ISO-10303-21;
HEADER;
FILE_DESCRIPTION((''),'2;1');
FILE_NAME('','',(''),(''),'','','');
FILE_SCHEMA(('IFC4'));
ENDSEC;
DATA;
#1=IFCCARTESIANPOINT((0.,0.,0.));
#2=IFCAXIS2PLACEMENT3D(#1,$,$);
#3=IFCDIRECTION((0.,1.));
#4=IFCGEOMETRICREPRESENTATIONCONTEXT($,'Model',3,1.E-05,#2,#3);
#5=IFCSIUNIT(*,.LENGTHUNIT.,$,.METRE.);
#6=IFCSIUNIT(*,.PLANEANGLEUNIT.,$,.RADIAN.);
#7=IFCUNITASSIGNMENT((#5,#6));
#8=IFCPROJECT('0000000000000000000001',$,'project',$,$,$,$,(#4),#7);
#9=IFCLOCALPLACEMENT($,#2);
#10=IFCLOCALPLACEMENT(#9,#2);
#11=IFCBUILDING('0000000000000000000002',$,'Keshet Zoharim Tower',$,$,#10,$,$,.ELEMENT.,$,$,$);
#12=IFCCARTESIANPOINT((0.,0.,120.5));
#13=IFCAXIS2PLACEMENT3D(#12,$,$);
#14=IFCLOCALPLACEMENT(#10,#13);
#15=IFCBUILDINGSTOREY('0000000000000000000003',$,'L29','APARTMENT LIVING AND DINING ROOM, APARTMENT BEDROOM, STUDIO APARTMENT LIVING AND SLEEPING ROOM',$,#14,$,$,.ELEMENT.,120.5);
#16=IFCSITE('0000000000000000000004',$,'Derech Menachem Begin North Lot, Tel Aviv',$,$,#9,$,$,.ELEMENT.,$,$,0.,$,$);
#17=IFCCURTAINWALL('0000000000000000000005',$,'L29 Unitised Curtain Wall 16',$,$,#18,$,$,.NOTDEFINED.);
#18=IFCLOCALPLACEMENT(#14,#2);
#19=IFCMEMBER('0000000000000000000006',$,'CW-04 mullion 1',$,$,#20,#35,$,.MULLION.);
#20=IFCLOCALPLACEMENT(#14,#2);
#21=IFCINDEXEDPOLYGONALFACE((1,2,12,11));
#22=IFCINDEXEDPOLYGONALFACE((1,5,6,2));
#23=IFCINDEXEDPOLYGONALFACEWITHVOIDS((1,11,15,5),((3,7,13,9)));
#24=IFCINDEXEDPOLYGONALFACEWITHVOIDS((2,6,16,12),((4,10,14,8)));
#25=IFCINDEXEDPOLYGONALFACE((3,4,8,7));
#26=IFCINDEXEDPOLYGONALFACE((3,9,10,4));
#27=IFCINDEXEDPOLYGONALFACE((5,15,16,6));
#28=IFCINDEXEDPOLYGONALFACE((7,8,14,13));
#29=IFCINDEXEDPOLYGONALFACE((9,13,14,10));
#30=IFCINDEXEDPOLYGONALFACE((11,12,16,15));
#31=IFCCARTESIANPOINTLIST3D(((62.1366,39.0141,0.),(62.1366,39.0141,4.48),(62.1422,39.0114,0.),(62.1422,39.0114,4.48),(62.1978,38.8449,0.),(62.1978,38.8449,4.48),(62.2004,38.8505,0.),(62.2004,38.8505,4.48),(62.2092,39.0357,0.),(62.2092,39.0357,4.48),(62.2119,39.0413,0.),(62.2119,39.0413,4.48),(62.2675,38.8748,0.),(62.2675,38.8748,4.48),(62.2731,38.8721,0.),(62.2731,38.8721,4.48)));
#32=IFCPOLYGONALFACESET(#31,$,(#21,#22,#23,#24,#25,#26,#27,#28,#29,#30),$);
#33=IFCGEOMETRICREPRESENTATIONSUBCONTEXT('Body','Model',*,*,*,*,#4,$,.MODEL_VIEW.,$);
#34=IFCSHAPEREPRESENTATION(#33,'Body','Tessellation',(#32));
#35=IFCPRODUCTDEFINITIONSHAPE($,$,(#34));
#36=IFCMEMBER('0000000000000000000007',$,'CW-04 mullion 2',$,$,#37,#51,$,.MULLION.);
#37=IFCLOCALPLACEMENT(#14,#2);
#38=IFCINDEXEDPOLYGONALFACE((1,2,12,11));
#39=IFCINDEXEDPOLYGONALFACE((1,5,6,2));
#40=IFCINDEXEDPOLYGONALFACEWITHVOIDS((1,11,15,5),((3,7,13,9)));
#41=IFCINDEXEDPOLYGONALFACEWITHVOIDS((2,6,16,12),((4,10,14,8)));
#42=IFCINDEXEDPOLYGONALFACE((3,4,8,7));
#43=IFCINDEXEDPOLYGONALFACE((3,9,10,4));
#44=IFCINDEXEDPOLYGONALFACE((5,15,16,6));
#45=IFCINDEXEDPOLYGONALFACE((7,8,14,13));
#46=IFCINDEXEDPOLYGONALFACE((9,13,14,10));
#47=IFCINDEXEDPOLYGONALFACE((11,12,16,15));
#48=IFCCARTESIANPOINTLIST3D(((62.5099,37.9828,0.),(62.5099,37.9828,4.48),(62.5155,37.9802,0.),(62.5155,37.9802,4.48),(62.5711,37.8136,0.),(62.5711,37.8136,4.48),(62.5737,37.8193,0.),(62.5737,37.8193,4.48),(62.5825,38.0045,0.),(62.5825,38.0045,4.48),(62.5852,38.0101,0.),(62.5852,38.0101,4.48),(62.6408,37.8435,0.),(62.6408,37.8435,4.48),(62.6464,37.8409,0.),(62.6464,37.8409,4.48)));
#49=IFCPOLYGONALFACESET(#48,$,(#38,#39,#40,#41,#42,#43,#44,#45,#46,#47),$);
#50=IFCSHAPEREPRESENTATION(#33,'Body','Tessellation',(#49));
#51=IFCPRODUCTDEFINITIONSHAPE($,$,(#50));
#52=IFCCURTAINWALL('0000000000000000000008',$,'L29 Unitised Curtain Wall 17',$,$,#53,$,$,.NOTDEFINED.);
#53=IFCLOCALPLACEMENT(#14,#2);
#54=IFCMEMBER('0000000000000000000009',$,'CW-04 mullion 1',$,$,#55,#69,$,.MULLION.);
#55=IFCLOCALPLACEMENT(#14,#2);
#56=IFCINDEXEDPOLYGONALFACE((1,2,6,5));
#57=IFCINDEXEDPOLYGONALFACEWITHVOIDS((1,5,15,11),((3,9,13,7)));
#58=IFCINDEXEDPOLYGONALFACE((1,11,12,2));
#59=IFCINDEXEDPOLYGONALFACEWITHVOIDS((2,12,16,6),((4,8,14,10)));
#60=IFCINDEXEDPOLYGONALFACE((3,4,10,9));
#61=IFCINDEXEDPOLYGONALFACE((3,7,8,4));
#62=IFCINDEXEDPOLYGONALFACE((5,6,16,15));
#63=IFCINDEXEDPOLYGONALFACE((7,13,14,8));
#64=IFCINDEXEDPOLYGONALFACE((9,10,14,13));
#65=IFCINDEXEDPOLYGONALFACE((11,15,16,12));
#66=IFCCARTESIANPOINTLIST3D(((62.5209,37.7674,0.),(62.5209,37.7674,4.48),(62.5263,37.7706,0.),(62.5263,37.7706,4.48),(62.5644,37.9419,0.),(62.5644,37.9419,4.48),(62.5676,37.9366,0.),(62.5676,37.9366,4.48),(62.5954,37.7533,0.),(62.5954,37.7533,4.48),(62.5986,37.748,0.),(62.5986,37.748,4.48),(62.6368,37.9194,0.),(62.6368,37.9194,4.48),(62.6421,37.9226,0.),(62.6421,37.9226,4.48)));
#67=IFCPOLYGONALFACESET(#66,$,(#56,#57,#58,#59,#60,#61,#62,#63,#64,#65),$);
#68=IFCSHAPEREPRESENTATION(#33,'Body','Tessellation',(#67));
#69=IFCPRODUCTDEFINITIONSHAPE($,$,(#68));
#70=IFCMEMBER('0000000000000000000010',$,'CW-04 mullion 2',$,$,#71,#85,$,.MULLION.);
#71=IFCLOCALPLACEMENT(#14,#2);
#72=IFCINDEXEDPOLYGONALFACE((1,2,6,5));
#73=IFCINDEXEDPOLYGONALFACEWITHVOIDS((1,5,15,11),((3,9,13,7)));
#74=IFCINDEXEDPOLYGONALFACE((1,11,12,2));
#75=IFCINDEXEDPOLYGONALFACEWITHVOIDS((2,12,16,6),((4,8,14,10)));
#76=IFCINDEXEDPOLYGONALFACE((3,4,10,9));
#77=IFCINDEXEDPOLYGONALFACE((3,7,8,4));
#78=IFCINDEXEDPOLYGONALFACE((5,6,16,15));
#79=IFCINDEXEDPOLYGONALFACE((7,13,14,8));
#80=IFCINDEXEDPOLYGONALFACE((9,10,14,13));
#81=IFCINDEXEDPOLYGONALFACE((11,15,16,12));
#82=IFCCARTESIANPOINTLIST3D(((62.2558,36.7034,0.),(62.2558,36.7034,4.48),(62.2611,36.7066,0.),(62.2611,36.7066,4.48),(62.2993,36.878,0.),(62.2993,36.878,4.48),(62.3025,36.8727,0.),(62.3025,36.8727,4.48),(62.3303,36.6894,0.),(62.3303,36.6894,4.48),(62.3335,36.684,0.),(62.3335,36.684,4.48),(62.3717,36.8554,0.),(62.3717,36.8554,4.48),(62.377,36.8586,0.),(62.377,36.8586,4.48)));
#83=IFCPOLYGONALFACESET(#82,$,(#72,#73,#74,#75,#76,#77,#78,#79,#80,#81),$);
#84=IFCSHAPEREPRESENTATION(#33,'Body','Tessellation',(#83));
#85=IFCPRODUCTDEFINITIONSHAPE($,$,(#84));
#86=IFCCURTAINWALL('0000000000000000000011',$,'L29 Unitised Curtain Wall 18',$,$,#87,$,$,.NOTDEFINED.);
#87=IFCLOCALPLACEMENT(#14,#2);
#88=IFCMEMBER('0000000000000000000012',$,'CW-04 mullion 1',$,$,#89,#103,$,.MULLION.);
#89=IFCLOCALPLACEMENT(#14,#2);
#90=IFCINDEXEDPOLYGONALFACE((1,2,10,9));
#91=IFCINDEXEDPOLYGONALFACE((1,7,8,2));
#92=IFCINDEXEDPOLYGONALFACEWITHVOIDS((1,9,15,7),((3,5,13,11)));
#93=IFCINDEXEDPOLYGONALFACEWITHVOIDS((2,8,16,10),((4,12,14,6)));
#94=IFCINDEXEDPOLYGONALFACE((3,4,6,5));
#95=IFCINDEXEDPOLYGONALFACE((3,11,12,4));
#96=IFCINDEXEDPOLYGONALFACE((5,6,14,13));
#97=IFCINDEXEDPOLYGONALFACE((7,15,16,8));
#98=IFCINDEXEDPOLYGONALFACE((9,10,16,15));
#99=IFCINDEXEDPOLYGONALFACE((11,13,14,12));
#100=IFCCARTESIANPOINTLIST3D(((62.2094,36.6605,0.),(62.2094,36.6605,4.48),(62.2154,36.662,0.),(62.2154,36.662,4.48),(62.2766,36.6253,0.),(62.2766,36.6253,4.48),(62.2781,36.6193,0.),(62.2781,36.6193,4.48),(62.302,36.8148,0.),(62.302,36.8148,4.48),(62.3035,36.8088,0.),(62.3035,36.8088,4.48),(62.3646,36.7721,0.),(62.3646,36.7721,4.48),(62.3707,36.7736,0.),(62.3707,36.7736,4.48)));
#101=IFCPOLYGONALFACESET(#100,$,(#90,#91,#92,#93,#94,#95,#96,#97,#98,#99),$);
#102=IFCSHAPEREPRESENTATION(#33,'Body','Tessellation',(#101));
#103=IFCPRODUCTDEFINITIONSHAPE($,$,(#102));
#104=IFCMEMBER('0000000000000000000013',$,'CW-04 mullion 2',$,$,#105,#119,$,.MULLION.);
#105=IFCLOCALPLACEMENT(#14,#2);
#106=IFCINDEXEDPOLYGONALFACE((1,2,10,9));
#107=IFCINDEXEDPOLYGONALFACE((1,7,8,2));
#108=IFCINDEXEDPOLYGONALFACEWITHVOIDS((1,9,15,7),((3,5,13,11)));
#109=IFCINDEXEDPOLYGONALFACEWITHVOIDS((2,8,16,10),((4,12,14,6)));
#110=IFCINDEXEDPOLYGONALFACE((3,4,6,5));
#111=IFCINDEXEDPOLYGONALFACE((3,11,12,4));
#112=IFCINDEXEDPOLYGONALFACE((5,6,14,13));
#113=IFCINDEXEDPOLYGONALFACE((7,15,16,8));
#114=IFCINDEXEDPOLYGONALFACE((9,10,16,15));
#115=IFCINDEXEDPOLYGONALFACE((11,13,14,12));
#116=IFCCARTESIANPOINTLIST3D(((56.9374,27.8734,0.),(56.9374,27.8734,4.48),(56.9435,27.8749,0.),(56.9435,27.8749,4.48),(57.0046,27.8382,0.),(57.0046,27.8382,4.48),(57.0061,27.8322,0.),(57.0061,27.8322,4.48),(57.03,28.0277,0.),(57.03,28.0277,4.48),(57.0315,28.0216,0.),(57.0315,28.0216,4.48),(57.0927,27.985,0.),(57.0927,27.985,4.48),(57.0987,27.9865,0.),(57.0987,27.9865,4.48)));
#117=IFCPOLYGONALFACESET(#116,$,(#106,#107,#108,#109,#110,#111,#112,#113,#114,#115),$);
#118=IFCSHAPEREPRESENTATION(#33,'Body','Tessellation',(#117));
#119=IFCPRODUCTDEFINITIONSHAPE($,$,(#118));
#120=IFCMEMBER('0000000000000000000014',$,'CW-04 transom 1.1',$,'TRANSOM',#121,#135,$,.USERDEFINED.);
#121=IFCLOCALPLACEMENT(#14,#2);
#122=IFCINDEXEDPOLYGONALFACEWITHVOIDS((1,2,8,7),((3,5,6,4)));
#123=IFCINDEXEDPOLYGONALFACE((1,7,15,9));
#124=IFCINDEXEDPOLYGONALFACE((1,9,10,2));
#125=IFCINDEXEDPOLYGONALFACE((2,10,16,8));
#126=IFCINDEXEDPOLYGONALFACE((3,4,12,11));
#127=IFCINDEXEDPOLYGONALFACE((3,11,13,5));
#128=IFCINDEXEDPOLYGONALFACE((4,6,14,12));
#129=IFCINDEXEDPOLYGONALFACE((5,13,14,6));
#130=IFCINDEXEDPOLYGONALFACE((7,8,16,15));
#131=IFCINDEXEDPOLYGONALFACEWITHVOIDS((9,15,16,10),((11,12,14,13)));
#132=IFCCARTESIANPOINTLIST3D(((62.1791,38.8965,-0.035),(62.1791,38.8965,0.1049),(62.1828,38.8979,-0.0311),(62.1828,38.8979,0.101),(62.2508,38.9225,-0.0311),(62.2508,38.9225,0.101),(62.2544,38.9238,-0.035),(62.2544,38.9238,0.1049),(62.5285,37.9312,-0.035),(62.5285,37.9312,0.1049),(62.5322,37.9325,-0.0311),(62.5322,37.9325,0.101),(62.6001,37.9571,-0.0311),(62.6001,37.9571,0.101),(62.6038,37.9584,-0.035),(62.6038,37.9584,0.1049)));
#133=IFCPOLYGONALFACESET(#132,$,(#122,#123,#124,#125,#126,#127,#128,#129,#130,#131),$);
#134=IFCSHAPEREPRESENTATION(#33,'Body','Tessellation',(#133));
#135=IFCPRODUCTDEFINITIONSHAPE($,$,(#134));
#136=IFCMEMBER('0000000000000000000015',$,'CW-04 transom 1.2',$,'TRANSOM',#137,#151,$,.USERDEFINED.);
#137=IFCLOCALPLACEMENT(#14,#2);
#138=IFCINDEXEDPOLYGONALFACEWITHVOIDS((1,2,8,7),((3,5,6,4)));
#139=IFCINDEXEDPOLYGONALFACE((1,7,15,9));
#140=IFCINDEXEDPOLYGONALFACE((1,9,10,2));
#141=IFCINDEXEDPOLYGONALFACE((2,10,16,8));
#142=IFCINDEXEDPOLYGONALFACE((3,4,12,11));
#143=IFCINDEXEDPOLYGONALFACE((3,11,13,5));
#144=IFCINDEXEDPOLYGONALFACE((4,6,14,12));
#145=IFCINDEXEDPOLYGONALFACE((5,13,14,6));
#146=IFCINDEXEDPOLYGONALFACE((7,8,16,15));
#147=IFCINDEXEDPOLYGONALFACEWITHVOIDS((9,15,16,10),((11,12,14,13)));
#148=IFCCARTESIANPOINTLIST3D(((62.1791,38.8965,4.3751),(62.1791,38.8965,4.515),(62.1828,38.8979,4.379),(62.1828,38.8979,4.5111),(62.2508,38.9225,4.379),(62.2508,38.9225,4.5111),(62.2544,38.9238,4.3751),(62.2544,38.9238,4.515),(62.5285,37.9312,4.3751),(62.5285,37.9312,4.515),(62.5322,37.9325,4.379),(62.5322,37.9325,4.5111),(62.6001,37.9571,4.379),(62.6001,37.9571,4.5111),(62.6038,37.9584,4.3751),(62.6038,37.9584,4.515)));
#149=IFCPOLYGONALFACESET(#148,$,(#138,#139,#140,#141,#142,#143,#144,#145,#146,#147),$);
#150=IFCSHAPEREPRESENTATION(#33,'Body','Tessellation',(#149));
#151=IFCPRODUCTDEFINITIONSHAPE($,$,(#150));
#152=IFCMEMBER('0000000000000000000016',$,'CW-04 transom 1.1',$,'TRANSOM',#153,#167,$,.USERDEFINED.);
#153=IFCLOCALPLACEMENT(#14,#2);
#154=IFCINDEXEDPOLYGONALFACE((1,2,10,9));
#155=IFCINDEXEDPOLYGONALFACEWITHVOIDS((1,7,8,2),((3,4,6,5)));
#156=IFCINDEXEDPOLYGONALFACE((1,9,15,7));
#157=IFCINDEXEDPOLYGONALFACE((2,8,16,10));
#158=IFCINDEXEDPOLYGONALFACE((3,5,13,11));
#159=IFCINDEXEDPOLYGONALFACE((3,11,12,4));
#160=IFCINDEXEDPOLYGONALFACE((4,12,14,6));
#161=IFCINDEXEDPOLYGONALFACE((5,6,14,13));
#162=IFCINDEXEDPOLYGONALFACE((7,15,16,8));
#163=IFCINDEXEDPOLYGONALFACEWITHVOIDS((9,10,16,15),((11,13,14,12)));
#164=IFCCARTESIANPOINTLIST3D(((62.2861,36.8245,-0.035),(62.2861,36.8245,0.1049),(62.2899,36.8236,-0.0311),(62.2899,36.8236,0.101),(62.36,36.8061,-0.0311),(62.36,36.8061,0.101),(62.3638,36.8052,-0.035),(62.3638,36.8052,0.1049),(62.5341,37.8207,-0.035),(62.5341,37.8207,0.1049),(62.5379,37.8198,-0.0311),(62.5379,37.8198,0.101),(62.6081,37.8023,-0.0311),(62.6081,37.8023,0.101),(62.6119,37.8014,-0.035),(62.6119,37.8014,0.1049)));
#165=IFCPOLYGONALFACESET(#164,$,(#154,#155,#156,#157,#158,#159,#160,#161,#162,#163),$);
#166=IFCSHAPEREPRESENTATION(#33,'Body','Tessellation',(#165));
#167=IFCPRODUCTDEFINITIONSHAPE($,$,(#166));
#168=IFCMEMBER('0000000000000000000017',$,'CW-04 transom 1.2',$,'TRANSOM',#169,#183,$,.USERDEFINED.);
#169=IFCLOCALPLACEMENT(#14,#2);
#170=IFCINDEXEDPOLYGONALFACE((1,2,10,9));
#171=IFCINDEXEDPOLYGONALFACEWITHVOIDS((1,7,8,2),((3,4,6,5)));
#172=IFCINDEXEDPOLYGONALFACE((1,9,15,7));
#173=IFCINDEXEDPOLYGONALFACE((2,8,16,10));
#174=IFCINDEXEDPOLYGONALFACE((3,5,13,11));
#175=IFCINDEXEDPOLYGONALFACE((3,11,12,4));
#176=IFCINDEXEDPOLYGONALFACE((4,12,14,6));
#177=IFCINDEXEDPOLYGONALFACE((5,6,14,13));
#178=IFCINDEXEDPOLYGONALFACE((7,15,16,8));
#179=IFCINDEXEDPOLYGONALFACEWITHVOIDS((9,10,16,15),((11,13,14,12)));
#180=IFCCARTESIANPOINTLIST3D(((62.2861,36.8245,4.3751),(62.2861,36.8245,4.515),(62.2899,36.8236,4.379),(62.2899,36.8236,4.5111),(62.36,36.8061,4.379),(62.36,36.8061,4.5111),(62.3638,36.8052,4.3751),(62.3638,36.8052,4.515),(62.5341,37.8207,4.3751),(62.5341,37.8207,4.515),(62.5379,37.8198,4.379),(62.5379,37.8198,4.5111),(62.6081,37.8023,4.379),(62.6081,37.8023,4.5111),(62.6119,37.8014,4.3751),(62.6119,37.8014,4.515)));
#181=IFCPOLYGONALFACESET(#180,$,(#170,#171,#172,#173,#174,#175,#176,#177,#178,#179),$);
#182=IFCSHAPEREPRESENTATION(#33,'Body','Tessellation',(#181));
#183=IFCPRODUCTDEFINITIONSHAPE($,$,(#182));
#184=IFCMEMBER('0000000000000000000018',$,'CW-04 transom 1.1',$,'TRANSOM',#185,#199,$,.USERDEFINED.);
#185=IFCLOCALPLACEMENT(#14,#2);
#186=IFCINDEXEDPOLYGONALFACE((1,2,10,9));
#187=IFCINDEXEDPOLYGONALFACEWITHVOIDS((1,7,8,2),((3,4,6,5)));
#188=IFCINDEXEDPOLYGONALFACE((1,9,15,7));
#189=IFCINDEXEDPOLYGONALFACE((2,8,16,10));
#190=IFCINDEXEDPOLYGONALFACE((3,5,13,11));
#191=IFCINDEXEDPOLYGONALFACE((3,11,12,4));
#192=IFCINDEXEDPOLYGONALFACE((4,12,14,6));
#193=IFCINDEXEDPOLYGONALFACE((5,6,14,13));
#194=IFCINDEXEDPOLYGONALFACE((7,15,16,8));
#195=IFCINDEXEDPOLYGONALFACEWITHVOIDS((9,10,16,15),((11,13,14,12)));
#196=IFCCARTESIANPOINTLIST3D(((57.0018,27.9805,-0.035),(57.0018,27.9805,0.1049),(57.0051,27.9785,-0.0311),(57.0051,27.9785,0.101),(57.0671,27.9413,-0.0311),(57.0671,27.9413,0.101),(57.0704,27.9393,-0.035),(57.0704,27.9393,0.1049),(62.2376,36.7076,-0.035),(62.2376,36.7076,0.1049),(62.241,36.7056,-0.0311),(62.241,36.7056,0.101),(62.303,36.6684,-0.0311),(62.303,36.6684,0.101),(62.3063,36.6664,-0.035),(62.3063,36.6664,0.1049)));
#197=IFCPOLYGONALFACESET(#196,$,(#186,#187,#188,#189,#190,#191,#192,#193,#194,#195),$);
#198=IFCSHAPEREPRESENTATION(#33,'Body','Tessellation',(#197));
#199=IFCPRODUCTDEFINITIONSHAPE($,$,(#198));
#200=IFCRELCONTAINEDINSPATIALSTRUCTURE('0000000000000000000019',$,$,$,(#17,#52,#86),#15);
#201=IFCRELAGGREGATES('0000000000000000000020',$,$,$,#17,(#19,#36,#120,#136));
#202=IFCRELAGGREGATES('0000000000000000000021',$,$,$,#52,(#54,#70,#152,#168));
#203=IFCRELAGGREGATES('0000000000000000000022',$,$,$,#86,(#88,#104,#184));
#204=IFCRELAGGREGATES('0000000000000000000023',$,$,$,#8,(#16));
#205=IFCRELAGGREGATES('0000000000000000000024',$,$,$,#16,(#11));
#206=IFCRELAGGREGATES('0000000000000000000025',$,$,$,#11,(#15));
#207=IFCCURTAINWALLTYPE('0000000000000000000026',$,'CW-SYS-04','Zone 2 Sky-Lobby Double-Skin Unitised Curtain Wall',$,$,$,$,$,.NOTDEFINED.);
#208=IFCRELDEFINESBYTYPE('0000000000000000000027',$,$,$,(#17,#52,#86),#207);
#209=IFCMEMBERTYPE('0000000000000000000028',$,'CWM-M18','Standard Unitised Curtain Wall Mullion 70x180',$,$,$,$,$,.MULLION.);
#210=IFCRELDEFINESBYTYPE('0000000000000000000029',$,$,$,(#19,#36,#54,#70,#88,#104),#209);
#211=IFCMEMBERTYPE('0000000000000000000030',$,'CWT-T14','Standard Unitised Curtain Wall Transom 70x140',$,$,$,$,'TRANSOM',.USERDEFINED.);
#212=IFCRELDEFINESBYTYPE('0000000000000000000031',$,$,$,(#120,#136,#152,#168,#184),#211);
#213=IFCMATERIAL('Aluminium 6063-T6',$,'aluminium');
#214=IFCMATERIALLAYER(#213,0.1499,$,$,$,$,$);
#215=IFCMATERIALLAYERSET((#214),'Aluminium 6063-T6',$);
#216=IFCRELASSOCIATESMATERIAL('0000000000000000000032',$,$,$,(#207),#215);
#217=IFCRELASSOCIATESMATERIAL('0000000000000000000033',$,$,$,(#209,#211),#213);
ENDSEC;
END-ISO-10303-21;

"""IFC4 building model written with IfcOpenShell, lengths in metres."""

from ifc_helpers import new_model, si_unit, direction, frame, origin, origin_2d, place, context, subcontext, project, spatial, hollow_rectangle, extrude, material, layer, layer_set, material_profile, profile_set, type_object, element, aggregate, save


model = new_model("IFC4")

# Units and contexts
model_context = context("Model", 3, precision=1e-05, world=origin(), true_north=direction((0.0, 1.0)))
body_context = subcontext(model_context, "Body", "Model", "MODEL_VIEW")
ifc_project = project(units=[si_unit("LENGTHUNIT", "METRE"), si_unit("PLANEANGLEUNIT", "RADIAN")], contexts=[model_context])

# Site, building, storey
site_placement = place(None, origin())
site = spatial("IfcSite", under=ifc_project, at=site_placement, Name="Derech Menachem Begin North Lot, Tel Aviv", CompositionType="ELEMENT", RefElevation=0.0)
building_placement = place(site_placement, origin())
building = spatial("IfcBuilding", under=site, at=building_placement, Name="Keshet Zoharim Tower", CompositionType="ELEMENT")
storey_placement = place(building_placement, frame((0.0, 0.0, 120.5)))
storey = spatial("IfcBuildingStorey", under=building, at=storey_placement, Name="L29", Description="APARTMENT LIVING AND DINING ROOM, APARTMENT BEDROOM, STUDIO APARTMENT LIVING AND SLEEPING ROOM", CompositionType="ELEMENT", Elevation=120.5)

# Shared definitions
ifc_material_1 = material(Name="Aluminium 6063-T6", Category="aluminium")
ifc_layer_1 = layer(ifc_material_1, 0.1499)
ifc_layer_set_1 = layer_set([ifc_layer_1], Name="Aluminium 6063-T6")
curtain_wall_type = type_object("IfcCurtainWallType", Name="CW-SYS-04", Description="Zone 2 Sky-Lobby Double-Skin Unitised Curtain Wall", PredefinedType="NOTDEFINED", material=ifc_layer_set_1)
ifc_material_profile_1 = material_profile(ifc_material_1, hollow_rectangle(XDim=0.0801, YDim=0.1799, WallThickness=0.0044, at=origin_2d()), Name="MUL-80x180")
ifc_profile_set_1 = profile_set([ifc_material_profile_1], Name="Aluminium 6063-T6")
member_type_1 = type_object("IfcMemberType", Name="CWM-M18", Description="Standard Unitised Curtain Wall Mullion 70x180", PredefinedType="MULLION", material=ifc_profile_set_1)

# Curtain walls, members
curtain_wall_1_placement = place(storey_placement, origin())
curtain_wall_1 = element("IfcCurtainWall", 1, at=curtain_wall_1_placement, inside=storey, type_object=curtain_wall_type, Name="L29 Unitised Curtain Wall 16", PredefinedType="NOTDEFINED")
member_1_placement = place(storey_placement, frame((62.2048, 38.9431, 0.0), z_axis=(0.0, 0.0, 1.0), x_axis=(0.940318, 0.340297, 0.0)))
member_1 = element("IfcMember", 2, at=member_1_placement, type_object=member_type_1, Name="CW-04 mullion 1", PredefinedType="MULLION", context=body_context, shape_type="SweptSolid", body=[
    extrude(hollow_rectangle(XDim=0.0801, YDim=0.1799, WallThickness=0.0044, at=origin_2d()), origin(), (0.0, 0.0, 1.0), 4.48),
])
member_2_placement = place(storey_placement, frame((62.5781, 37.9119, 0.0), z_axis=(0.0, 0.0, 1.0), x_axis=(0.940318, 0.340297, 0.0)))
member_2 = element("IfcMember", 3, at=member_2_placement, type_object=member_type_1, Name="CW-04 mullion 2", PredefinedType="MULLION", context=body_context, shape_type="SweptSolid", body=[
    extrude(hollow_rectangle(XDim=0.0801, YDim=0.1799, WallThickness=0.0044, at=origin_2d()), origin(), (0.0, 0.0, 1.0), 4.48),
])
curtain_wall_2_placement = place(storey_placement, origin())
curtain_wall_2 = element("IfcCurtainWall", 4, at=curtain_wall_2_placement, inside=storey, type_object=curtain_wall_type, Name="L29 Unitised Curtain Wall 17", PredefinedType="NOTDEFINED")
member_3_placement = place(storey_placement, frame((62.5815, 37.845, 0.0), z_axis=(0.0, 0.0, 1.0), x_axis=(0.970344, -0.241729, 0.0)))
member_3 = element("IfcMember", 5, at=member_3_placement, type_object=member_type_1, Name="CW-04 mullion 1", PredefinedType="MULLION", context=body_context, shape_type="SweptSolid", body=[
    extrude(hollow_rectangle(XDim=0.0801, YDim=0.1799, WallThickness=0.0044, at=origin_2d()), origin(), (0.0, 0.0, 1.0), 4.48),
])
member_4_placement = place(storey_placement, frame((62.3164, 36.781, 0.0), z_axis=(0.0, 0.0, 1.0), x_axis=(0.970344, -0.241729, 0.0)))
member_4 = element("IfcMember", 6, at=member_4_placement, type_object=member_type_1, Name="CW-04 mullion 2", PredefinedType="MULLION", context=body_context, shape_type="SweptSolid", body=[
    extrude(hollow_rectangle(XDim=0.0801, YDim=0.1799, WallThickness=0.0044, at=origin_2d()), origin(), (0.0, 0.0, 1.0), 4.48),
])
curtain_wall_3_placement = place(storey_placement, origin())
curtain_wall_3 = element("IfcCurtainWall", 7, at=curtain_wall_3_placement, inside=storey, type_object=curtain_wall_type, Name="L29 Unitised Curtain Wall 18", PredefinedType="NOTDEFINED")
member_5_placement = place(storey_placement, frame((62.29, 36.717, 0.0), z_axis=(0.0, 0.0, 1.0), x_axis=(0.857501, -0.514482, 0.0)))
member_5 = element("IfcMember", 8, at=member_5_placement, type_object=member_type_1, Name="CW-04 mullion 1", PredefinedType="MULLION", context=body_context, shape_type="SweptSolid", body=[
    extrude(hollow_rectangle(XDim=0.0801, YDim=0.1799, WallThickness=0.0044, at=origin_2d()), origin(), (0.0, 0.0, 1.0), 4.48),
])
member_6_placement = place(storey_placement, frame((57.0181, 27.9299, 0.0), z_axis=(0.0, 0.0, 1.0), x_axis=(0.857501, -0.514482, 0.0)))
member_6 = element("IfcMember", 9, at=member_6_placement, type_object=member_type_1, Name="CW-04 mullion 2", PredefinedType="MULLION", context=body_context, shape_type="SweptSolid", body=[
    extrude(hollow_rectangle(XDim=0.0801, YDim=0.1799, WallThickness=0.0044, at=origin_2d()), origin(), (0.0, 0.0, 1.0), 4.48),
])

# Members
ifc_material_profile_2 = material_profile(ifc_material_1, hollow_rectangle(XDim=0.0801, YDim=0.1399, WallThickness=0.0039, at=origin_2d()), Name="TRN-80x140")
ifc_profile_set_2 = profile_set([ifc_material_profile_2], Name="Aluminium 6063-T6")
member_type_2 = type_object("IfcMemberType", Name="CWT-T14", Description="Standard Unitised Curtain Wall Transom 70x140", ElementType="TRANSOM", PredefinedType="USERDEFINED", material=ifc_profile_set_2)
member_7_placement = place(storey_placement, frame((62.2168, 38.9102, 0.0349), z_axis=(0.340311, -0.940313, 0.0), x_axis=(0.940313, 0.340311, 0.0)))
member_7 = element("IfcMember", 10, at=member_7_placement, type_object=member_type_2, Name="CW-04 transom 1.1", ObjectType="TRANSOM", PredefinedType="USERDEFINED", context=body_context, shape_type="SweptSolid", body=[
    extrude(hollow_rectangle(XDim=0.0801, YDim=0.1399, WallThickness=0.0039, at=origin_2d()), origin(), (0.0, 0.0, 1.0), 1.0266),
])
member_8_placement = place(storey_placement, frame((62.2168, 38.9102, 4.4451), z_axis=(0.340311, -0.940313, 0.0), x_axis=(0.940313, 0.340311, 0.0)))
member_8 = element("IfcMember", 11, at=member_8_placement, type_object=member_type_2, Name="CW-04 transom 1.2", ObjectType="TRANSOM", PredefinedType="USERDEFINED", context=body_context, shape_type="SweptSolid", body=[
    extrude(hollow_rectangle(XDim=0.0801, YDim=0.1399, WallThickness=0.0039, at=origin_2d()), origin(), (0.0, 0.0, 1.0), 1.0266),
])
member_9_placement = place(storey_placement, frame((62.573, 37.811, 0.0349), z_axis=(-0.24164, -0.970366, 0.0), x_axis=(0.970366, -0.24164, 0.0)))
member_9 = element("IfcMember", 12, at=member_9_placement, type_object=member_type_2, Name="CW-04 transom 1.1", ObjectType="TRANSOM", PredefinedType="USERDEFINED", context=body_context, shape_type="SweptSolid", body=[
    extrude(hollow_rectangle(XDim=0.0801, YDim=0.1399, WallThickness=0.0039, at=origin_2d()), origin(), (0.0, 0.0, 1.0), 1.0266),
])
member_10_placement = place(storey_placement, frame((62.573, 37.811, 4.4451), z_axis=(-0.24164, -0.970366, 0.0), x_axis=(0.970366, -0.24164, 0.0)))
member_10 = element("IfcMember", 13, at=member_10_placement, type_object=member_type_2, Name="CW-04 transom 1.2", ObjectType="TRANSOM", PredefinedType="USERDEFINED", context=body_context, shape_type="SweptSolid", body=[
    extrude(hollow_rectangle(XDim=0.0801, YDim=0.1399, WallThickness=0.0039, at=origin_2d()), origin(), (0.0, 0.0, 1.0), 1.0266),
])
member_11_placement = place(storey_placement, frame((62.272, 36.687, 0.0349), z_axis=(-0.514468, -0.85751, 0.0), x_axis=(0.85751, -0.514468, 0.0)))
member_11 = element("IfcMember", 14, at=member_11_placement, type_object=member_type_2, Name="CW-04 transom 1.1", ObjectType="TRANSOM", PredefinedType="USERDEFINED", context=body_context, shape_type="SweptSolid", body=[
    extrude(hollow_rectangle(XDim=0.0801, YDim=0.1399, WallThickness=0.0039, at=origin_2d()), origin(), (0.0, 0.0, 1.0), 10.1772),
])

aggregate(curtain_wall_1, [member_1, member_2, member_7, member_8])
aggregate(curtain_wall_2, [member_3, member_4, member_9, member_10])
aggregate(curtain_wall_3, [member_5, member_6, member_11])

save(model, "model.ifc")
